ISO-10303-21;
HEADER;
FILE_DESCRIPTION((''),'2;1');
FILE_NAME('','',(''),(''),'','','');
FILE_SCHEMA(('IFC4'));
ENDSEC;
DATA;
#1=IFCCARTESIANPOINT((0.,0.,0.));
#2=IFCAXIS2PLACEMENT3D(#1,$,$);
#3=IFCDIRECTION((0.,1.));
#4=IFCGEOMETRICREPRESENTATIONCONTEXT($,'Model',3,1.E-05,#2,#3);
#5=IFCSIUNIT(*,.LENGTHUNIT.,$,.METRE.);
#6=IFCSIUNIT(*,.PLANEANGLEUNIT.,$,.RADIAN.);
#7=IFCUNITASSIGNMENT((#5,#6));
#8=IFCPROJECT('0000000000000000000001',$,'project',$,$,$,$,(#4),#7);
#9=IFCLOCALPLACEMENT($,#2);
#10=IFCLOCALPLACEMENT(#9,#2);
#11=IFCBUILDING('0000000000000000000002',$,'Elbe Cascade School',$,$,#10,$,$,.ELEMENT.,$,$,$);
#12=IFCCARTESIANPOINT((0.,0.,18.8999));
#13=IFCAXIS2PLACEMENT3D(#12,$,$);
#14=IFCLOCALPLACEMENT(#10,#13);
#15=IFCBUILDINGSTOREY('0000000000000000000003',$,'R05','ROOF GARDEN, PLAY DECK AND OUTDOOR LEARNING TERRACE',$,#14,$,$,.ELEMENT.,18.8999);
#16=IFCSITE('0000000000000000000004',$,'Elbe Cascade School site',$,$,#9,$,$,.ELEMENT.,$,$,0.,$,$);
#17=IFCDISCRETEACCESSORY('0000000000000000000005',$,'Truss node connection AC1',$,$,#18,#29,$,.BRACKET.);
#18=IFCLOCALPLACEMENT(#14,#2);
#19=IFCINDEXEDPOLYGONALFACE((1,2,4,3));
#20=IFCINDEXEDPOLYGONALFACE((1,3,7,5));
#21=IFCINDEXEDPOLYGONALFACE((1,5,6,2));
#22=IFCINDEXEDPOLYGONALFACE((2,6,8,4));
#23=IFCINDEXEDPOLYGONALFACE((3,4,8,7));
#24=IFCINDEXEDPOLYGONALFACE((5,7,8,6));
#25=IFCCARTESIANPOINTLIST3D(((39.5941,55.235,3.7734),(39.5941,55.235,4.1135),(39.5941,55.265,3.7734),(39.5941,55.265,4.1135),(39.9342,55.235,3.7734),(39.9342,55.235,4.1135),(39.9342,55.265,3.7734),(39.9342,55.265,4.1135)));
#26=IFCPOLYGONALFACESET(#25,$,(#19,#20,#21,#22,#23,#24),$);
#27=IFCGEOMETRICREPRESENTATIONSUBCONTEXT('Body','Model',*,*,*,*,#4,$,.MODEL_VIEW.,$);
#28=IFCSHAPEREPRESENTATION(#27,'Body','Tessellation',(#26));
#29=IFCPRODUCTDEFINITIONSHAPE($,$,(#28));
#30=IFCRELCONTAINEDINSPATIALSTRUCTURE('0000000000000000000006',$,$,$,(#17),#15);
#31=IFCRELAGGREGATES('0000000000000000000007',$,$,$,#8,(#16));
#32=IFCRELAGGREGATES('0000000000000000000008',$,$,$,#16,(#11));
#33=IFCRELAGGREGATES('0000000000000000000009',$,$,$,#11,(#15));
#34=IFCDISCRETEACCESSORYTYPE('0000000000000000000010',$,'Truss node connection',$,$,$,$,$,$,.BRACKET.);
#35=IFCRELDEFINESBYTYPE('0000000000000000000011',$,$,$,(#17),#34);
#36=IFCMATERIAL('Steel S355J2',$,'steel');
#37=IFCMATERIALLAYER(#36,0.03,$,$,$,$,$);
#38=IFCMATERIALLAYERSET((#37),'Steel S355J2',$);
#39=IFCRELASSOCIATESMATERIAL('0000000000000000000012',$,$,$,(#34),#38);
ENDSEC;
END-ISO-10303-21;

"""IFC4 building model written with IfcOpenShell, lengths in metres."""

from ifc_helpers import new_model, si_unit, direction, frame, origin, origin_2d, place, context, subcontext, project, spatial, rectangle, extrude, material, layer, layer_set, type_object, element, save


model = new_model("IFC4")

# Units and contexts
model_context = context("Model", 3, precision=1e-05, world=origin(), true_north=direction((0.0, 1.0)))
body_context = subcontext(model_context, "Body", "Model", "MODEL_VIEW")
ifc_project = project(units=[si_unit("LENGTHUNIT", "METRE"), si_unit("PLANEANGLEUNIT", "RADIAN")], contexts=[model_context])

# Site, building, storey
site_placement = place(None, origin())
site = spatial("IfcSite", under=ifc_project, at=site_placement, Name="Elbe Cascade School site", CompositionType="ELEMENT", RefElevation=0.0)
building_placement = place(site_placement, origin())
building = spatial("IfcBuilding", under=site, at=building_placement, Name="Elbe Cascade School", CompositionType="ELEMENT")
storey_placement = place(building_placement, frame((0.0, 0.0, 18.8999)))
storey = spatial("IfcBuildingStorey", under=building, at=storey_placement, Name="R05", Description="ROOF GARDEN, PLAY DECK AND OUTDOOR LEARNING TERRACE", CompositionType="ELEMENT", Elevation=18.8999)

# Discrete accessory
ifc_material_1 = material(Name="Steel S355J2", Category="steel")
ifc_layer = layer(ifc_material_1, 0.03)
ifc_layer_set = layer_set([ifc_layer], Name="Steel S355J2")
discrete_accessory_type = type_object("IfcDiscreteAccessoryType", Name="Truss node connection", PredefinedType="BRACKET", material=ifc_layer_set)
for number, where, z_axis, x_axis, name in (
    (1, (39.7642, 55.25, 3.7734), (0.0, 0.0, 1.0), (1.0, 0.0, 0.0), "Truss node connection AC1"),
):
    element("IfcDiscreteAccessory", number, at=place(storey_placement, frame(where, z_axis=z_axis, x_axis=x_axis)), inside=storey, type_object=discrete_accessory_type, Name=name, PredefinedType="BRACKET", context=body_context, shape_type="SweptSolid", body=[
        extrude(rectangle(XDim=0.3401, YDim=0.03, at=origin_2d()), origin(), (0.0, 0.0, 1.0), 0.3401),
    ])

save(model, "model.ifc")
